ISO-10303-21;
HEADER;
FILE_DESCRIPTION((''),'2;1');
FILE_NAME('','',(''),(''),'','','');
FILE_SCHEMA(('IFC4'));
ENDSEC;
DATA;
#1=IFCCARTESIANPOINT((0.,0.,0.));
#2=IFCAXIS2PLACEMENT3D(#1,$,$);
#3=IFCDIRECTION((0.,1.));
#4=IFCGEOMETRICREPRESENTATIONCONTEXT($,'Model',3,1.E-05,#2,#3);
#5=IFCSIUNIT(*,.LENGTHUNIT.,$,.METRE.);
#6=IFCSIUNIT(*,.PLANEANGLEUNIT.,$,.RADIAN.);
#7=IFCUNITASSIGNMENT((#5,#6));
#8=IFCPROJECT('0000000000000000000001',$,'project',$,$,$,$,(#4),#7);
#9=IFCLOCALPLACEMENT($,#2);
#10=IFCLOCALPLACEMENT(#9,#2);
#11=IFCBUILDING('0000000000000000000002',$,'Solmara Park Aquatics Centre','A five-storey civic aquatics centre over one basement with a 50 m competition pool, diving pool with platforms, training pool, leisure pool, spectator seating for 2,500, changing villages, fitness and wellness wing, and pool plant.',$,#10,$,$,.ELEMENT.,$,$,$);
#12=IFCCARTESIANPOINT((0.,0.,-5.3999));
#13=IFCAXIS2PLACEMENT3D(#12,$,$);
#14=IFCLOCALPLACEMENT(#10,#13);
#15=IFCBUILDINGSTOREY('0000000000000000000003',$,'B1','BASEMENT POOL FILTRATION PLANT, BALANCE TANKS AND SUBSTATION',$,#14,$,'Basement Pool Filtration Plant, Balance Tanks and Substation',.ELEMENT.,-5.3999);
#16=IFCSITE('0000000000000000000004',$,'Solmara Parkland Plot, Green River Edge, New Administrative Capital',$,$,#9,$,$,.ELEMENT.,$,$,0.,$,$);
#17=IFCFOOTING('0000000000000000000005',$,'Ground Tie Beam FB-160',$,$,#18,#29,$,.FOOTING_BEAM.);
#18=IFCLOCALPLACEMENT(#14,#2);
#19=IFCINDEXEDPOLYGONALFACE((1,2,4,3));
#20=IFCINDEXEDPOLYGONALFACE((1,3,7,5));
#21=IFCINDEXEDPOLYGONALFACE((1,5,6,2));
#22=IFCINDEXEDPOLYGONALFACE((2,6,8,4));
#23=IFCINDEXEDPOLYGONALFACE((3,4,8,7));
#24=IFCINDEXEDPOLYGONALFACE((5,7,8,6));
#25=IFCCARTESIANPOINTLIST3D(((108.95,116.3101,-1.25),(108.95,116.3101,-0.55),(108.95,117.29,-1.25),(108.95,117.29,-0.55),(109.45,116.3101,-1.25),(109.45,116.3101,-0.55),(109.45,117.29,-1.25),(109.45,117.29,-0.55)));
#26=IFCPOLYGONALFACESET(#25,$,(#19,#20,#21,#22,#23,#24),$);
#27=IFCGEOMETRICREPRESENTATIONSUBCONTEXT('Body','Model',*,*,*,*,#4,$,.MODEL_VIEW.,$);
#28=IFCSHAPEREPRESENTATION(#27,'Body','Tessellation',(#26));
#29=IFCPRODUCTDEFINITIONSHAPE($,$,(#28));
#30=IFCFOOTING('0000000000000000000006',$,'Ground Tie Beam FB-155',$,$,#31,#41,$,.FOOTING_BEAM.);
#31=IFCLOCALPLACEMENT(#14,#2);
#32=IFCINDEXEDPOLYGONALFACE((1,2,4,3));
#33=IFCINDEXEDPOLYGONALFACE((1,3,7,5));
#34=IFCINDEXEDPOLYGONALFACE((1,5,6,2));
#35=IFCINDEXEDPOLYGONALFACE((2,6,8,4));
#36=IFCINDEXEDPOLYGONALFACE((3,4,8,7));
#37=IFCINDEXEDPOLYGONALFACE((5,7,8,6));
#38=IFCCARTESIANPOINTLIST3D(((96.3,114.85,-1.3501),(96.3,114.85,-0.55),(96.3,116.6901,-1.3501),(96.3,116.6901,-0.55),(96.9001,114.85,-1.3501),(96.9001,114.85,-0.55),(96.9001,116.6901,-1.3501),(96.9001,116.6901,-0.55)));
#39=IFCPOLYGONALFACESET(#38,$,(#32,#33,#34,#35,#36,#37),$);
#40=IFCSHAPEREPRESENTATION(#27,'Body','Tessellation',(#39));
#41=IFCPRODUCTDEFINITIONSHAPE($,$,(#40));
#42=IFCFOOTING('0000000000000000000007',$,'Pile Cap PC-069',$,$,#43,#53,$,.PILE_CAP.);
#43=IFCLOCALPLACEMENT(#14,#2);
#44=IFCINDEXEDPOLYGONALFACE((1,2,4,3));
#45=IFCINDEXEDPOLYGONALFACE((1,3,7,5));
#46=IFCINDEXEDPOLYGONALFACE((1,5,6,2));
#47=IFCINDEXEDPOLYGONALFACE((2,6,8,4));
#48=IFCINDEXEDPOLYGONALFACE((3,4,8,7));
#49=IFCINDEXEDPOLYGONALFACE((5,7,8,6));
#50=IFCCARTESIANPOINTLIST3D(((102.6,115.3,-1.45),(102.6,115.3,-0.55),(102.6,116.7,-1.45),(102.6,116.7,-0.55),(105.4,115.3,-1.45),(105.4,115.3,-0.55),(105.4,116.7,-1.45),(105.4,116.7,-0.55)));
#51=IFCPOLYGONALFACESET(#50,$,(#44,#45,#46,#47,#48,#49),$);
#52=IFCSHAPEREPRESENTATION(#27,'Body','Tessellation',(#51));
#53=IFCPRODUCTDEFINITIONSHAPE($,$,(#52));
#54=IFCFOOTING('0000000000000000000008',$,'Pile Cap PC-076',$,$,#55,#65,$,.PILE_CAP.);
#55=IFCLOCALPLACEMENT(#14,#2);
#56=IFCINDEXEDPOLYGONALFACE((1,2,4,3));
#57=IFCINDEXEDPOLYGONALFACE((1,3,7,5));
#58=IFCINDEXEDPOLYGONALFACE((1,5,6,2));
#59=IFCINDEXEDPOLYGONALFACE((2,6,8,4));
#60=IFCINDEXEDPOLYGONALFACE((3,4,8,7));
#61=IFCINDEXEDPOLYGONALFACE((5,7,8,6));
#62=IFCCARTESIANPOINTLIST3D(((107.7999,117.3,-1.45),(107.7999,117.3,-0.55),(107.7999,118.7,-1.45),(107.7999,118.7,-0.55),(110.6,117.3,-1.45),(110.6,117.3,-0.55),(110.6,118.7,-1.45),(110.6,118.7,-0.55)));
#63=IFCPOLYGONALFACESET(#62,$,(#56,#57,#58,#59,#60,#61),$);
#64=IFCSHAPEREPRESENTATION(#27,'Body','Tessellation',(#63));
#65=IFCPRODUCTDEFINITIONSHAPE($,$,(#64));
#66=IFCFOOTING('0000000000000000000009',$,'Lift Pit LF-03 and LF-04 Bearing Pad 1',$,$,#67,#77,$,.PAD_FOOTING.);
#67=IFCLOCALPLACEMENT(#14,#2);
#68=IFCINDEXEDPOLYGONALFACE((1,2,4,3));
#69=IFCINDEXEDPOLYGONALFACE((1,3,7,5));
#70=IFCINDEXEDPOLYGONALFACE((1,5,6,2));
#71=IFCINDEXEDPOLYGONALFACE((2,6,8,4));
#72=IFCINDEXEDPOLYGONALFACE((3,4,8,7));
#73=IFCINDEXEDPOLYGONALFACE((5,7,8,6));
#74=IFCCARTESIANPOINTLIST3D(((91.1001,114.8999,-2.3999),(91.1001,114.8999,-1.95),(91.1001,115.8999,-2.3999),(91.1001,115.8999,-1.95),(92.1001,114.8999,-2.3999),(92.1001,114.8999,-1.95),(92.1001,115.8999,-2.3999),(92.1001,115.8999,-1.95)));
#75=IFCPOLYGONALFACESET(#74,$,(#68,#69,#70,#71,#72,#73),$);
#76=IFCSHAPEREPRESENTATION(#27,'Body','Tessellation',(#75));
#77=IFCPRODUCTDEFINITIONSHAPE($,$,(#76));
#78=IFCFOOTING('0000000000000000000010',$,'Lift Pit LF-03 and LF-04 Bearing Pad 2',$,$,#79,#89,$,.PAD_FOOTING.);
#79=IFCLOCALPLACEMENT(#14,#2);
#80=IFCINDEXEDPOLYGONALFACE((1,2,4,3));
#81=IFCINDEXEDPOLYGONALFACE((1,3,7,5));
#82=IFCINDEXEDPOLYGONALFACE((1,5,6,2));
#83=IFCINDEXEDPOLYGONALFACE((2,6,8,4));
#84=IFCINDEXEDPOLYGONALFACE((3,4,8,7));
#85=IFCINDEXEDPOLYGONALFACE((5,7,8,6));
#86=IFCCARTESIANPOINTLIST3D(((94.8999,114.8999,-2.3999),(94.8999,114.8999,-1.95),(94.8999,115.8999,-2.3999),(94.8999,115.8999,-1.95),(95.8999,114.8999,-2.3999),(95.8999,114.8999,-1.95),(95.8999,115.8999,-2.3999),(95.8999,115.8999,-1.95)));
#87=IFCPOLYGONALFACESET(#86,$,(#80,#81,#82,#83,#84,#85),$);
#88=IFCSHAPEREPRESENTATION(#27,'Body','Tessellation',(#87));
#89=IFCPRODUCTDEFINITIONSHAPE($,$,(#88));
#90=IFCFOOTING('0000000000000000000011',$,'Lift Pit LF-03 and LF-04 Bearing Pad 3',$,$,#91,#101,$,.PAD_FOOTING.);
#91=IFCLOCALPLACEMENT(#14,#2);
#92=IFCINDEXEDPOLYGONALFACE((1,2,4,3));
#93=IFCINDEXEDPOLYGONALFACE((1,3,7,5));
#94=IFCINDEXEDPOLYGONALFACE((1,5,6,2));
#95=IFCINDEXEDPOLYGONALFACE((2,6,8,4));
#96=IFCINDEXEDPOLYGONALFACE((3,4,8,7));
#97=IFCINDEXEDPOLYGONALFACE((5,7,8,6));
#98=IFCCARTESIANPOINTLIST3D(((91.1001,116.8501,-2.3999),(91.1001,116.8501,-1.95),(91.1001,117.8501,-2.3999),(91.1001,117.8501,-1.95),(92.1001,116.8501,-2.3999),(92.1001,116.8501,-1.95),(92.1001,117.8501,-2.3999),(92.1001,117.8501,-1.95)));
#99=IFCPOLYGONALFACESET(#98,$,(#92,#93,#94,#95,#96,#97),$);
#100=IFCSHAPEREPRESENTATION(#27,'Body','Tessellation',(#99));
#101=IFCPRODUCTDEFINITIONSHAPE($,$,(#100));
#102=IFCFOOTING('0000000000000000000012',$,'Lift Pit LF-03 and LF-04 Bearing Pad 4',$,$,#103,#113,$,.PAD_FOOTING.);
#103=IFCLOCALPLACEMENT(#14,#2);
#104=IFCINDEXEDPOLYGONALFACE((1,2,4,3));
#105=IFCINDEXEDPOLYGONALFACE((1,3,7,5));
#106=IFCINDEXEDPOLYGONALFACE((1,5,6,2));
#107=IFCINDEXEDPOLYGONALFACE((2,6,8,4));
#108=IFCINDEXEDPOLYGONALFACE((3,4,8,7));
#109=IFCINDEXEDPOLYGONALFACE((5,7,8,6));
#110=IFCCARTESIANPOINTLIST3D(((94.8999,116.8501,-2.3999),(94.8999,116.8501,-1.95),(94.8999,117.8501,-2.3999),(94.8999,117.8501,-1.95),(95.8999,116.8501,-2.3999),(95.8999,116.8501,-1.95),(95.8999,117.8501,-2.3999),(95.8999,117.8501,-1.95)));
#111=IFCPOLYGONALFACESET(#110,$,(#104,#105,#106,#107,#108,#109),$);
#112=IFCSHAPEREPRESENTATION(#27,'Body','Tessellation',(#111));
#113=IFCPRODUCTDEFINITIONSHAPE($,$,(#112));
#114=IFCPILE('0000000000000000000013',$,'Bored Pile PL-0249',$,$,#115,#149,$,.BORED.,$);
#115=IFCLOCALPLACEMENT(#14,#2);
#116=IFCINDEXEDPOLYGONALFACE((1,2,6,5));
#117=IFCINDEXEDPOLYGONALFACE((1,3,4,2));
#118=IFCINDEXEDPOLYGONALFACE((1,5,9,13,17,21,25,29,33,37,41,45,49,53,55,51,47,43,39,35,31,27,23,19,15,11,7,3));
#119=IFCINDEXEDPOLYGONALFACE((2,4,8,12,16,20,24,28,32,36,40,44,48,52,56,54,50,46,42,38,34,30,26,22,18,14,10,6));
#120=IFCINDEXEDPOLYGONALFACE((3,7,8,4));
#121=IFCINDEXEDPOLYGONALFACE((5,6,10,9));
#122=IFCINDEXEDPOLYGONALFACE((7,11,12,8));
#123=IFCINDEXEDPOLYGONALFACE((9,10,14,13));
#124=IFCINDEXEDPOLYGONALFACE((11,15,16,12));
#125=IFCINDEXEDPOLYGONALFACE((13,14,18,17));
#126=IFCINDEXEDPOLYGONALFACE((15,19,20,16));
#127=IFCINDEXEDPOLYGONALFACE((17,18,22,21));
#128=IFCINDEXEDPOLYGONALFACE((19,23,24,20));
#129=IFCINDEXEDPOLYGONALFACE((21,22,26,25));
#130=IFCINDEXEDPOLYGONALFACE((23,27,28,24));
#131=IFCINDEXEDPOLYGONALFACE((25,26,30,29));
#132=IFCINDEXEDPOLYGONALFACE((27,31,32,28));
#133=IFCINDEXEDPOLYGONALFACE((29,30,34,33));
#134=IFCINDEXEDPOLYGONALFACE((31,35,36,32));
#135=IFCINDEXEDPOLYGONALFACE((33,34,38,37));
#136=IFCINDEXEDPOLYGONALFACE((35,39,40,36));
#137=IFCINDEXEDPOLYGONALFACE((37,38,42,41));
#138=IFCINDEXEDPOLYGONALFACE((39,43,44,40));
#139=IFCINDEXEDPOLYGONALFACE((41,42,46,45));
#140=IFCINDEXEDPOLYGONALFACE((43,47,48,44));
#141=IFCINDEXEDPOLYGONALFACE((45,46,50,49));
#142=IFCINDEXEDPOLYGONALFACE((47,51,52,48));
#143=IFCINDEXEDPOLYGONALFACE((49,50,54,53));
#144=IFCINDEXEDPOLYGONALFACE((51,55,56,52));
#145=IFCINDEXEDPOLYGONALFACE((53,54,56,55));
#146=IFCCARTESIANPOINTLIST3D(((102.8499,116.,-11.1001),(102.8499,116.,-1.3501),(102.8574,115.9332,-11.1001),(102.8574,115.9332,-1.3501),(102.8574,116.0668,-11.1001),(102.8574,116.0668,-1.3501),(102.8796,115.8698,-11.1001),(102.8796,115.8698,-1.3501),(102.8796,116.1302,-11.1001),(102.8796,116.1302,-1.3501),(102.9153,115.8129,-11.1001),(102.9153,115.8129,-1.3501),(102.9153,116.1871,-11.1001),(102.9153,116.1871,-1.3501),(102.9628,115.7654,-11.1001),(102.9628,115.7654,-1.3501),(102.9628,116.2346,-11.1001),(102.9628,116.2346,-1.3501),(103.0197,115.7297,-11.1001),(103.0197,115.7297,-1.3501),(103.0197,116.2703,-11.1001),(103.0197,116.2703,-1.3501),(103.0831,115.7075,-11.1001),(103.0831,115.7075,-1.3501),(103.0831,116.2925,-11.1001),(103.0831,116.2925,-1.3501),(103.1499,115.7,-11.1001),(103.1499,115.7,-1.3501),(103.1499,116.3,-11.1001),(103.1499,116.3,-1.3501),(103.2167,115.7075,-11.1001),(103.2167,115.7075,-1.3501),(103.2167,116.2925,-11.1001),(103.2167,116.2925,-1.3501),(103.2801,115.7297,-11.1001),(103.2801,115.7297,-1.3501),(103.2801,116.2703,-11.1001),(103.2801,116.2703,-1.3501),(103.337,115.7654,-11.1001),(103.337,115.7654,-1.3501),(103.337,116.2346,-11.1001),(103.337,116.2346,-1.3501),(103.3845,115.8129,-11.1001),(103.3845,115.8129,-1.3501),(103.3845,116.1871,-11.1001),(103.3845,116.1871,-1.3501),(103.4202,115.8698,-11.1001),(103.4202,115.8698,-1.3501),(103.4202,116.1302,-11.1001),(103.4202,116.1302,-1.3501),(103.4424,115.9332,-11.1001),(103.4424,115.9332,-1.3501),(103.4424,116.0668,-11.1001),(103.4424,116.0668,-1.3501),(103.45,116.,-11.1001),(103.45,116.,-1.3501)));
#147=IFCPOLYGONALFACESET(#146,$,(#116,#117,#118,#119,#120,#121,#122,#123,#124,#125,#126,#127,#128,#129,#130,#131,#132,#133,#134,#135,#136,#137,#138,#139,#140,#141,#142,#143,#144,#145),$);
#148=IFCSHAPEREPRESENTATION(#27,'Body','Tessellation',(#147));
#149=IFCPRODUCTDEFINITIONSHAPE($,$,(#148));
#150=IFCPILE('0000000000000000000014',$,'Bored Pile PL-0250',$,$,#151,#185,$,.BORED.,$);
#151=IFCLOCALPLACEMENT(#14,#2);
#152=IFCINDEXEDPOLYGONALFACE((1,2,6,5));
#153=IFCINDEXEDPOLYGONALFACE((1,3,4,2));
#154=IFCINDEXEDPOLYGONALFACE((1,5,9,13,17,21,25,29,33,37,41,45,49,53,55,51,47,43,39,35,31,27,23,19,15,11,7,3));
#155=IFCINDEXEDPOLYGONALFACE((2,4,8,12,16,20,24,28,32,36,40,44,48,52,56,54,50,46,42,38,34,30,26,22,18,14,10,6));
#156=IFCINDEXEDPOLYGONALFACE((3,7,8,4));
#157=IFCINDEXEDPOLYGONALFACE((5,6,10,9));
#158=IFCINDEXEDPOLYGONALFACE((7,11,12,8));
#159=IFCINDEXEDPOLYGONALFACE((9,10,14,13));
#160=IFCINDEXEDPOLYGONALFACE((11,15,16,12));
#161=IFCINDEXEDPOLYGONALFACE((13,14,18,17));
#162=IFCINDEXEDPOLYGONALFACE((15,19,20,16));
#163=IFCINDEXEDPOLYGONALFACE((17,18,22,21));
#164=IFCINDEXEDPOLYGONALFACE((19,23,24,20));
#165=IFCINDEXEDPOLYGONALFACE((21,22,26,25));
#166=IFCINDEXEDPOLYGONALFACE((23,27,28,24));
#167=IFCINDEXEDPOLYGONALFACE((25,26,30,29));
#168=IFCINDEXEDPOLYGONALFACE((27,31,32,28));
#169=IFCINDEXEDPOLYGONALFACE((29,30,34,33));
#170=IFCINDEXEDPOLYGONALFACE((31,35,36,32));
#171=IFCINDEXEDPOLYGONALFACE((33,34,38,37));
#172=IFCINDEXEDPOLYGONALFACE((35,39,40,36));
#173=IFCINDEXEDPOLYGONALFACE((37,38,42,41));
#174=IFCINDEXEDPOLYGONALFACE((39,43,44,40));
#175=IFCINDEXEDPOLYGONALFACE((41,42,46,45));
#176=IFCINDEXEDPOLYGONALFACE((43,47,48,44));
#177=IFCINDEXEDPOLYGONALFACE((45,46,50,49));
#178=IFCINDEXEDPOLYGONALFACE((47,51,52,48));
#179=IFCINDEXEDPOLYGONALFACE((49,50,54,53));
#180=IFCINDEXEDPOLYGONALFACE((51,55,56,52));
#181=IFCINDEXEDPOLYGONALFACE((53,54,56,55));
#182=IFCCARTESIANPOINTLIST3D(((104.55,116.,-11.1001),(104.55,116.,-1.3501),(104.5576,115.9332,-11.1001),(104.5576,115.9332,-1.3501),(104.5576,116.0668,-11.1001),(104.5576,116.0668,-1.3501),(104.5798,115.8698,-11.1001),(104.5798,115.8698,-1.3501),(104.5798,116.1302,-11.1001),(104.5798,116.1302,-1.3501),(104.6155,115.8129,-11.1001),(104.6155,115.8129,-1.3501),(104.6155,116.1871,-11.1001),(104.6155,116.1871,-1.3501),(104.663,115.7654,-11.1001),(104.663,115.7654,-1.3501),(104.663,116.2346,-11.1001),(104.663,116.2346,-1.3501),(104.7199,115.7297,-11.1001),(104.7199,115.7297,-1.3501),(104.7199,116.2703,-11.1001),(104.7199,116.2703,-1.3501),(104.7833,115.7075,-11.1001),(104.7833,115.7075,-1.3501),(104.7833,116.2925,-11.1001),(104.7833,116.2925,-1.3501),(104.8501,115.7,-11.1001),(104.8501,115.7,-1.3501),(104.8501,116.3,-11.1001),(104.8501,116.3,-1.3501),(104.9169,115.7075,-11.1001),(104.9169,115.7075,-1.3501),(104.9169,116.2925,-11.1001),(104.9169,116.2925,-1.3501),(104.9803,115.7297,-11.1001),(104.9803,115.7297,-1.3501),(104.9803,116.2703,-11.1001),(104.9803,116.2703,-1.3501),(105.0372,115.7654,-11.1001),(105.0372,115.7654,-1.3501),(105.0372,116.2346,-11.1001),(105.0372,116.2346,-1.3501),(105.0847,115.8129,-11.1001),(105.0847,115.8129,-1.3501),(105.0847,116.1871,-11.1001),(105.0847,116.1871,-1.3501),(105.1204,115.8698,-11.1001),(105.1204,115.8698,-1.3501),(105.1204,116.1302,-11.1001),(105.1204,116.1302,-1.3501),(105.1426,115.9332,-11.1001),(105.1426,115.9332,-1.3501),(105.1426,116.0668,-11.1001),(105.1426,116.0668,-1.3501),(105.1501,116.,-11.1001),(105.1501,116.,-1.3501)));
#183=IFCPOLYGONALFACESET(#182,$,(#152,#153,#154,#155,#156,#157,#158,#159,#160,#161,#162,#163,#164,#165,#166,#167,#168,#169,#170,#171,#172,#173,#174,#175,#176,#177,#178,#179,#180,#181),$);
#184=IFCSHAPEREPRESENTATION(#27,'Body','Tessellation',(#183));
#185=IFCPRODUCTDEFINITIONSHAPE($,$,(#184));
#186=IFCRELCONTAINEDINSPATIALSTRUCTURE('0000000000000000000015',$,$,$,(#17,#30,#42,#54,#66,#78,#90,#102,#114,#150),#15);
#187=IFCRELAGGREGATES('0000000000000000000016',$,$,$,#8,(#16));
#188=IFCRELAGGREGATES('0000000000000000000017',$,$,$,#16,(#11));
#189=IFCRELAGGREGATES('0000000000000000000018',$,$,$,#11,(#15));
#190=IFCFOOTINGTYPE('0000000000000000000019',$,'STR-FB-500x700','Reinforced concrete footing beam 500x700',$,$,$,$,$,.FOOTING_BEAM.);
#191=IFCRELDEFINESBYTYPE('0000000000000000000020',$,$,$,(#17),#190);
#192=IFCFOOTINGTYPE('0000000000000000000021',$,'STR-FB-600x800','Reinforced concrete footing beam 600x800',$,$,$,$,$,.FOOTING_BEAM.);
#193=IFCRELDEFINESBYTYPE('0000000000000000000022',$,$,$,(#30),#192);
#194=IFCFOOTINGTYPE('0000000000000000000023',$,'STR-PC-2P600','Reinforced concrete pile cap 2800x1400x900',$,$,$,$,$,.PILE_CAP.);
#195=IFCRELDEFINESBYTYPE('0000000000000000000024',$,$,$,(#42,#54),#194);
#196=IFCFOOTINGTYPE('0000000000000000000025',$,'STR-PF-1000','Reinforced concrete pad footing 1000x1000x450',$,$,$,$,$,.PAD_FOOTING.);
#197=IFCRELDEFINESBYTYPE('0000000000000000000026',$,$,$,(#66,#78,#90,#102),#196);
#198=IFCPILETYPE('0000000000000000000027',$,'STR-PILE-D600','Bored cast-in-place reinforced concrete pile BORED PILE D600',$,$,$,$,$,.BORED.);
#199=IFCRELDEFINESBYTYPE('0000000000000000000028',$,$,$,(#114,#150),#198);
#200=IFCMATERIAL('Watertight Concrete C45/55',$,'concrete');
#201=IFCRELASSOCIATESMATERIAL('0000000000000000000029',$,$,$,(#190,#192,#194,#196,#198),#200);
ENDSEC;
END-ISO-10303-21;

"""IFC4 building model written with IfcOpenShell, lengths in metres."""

from ifc_helpers import new_model, si_unit, direction, frame, origin, origin_2d, place, context, subcontext, project, spatial, rectangle, circle, extrude, material, material_profile, profile_set, type_object, element, save


model = new_model("IFC4")

# Units and contexts
model_context = context("Model", 3, precision=1e-05, world=origin(), true_north=direction((0.0, 1.0)))
body_context = subcontext(model_context, "Body", "Model", "MODEL_VIEW")
ifc_project = project(units=[si_unit("LENGTHUNIT", "METRE"), si_unit("PLANEANGLEUNIT", "RADIAN")], contexts=[model_context])

# Site, building, storey
site_placement = place(None, origin())
site = spatial("IfcSite", under=ifc_project, at=site_placement, Name="Solmara Parkland Plot, Green River Edge, New Administrative Capital", CompositionType="ELEMENT", RefElevation=0.0)
building_placement = place(site_placement, origin())
building = spatial("IfcBuilding", under=site, at=building_placement, Name="Solmara Park Aquatics Centre", Description="A five-storey civic aquatics centre over one basement with a 50 m competition pool, diving pool with platforms, training pool, leisure pool, spectator seating for 2,500, changing villages, fitness and wellness wing, and pool plant.", CompositionType="ELEMENT")
storey_placement = place(building_placement, frame((0.0, 0.0, -5.3999)))
storey = spatial("IfcBuildingStorey", under=building, at=storey_placement, Name="B1", Description="BASEMENT POOL FILTRATION PLANT, BALANCE TANKS AND SUBSTATION", LongName="Basement Pool Filtration Plant, Balance Tanks and Substation", CompositionType="ELEMENT", Elevation=-5.3999)

# Footings
ifc_material_1 = material(Name="Watertight Concrete C45/55", Category="concrete")
footing_type_1 = type_object("IfcFootingType", Name="STR-FB-500x700", Description="Reinforced concrete footing beam 500x700", PredefinedType="FOOTING_BEAM", material=ifc_material_1)
footing_1_placement = place(storey_placement, frame((109.2, 116.8, -1.25), z_axis=(0.0, 0.0, 1.0), x_axis=(1.0, 0.0, 0.0)))
element("IfcFooting", 1, at=footing_1_placement, inside=storey, type_object=footing_type_1, Name="Ground Tie Beam FB-160", PredefinedType="FOOTING_BEAM", context=body_context, shape_type="SweptSolid", body=[
    extrude(rectangle(XDim=0.5, YDim=0.98, at=origin_2d()), origin(), (0.0, 0.0, 1.0), 0.7),
])
footing_type_2 = type_object("IfcFootingType", Name="STR-FB-600x800", Description="Reinforced concrete footing beam 600x800", PredefinedType="FOOTING_BEAM", material=ifc_material_1)
footing_2_placement = place(storey_placement, frame((96.6001, 115.77, -1.3501), z_axis=(0.0, 0.0, 1.0), x_axis=(1.0, 0.0, 0.0)))
element("IfcFooting", 2, at=footing_2_placement, inside=storey, type_object=footing_type_2, Name="Ground Tie Beam FB-155", PredefinedType="FOOTING_BEAM", context=body_context, shape_type="SweptSolid", body=[
    extrude(rectangle(XDim=0.6001, YDim=1.8401, at=origin_2d()), origin(), (0.0, 0.0, 1.0), 0.8),
])
footing_type_3 = type_object("IfcFootingType", Name="STR-PC-2P600", Description="Reinforced concrete pile cap 2800x1400x900", PredefinedType="PILE_CAP", material=ifc_material_1)
for number, where, z_axis, x_axis, name in (
    (3, (104.0, 116.0, -1.45), (0.0, 0.0, 1.0), (1.0, 0.0, 0.0), "Pile Cap PC-069"),
    (4, (109.2, 118.0, -1.45), (0.0, 0.0, 1.0), (1.0, 0.0, 0.0), "Pile Cap PC-076"),
):
    element("IfcFooting", number, at=place(storey_placement, frame(where, z_axis=z_axis, x_axis=x_axis)), inside=storey, type_object=footing_type_3, Name=name, PredefinedType="PILE_CAP", context=body_context, shape_type="SweptSolid", body=[
        extrude(rectangle(XDim=2.8, YDim=1.3999, at=origin_2d()), origin(), (0.0, 0.0, 1.0), 0.8999),
    ])
footing_type_4 = type_object("IfcFootingType", Name="STR-PF-1000", Description="Reinforced concrete pad footing 1000x1000x450", PredefinedType="PAD_FOOTING", material=ifc_material_1)
for number, where, z_axis, x_axis, name in (
    (5, (91.6001, 115.3999, -2.3999), (0.0, 0.0, 1.0), (1.0, 0.0, 0.0), "Lift Pit LF-03 and LF-04 Bearing Pad 1"),
    (6, (95.3999, 115.3999, -2.3999), (0.0, 0.0, 1.0), (1.0, 0.0, 0.0), "Lift Pit LF-03 and LF-04 Bearing Pad 2"),
    (7, (91.6001, 117.3501, -2.3999), (0.0, 0.0, 1.0), (1.0, 0.0, 0.0), "Lift Pit LF-03 and LF-04 Bearing Pad 3"),
    (8, (95.3999, 117.3501, -2.3999), (0.0, 0.0, 1.0), (1.0, 0.0, 0.0), "Lift Pit LF-03 and LF-04 Bearing Pad 4"),
):
    element("IfcFooting", number, at=place(storey_placement, frame(where, z_axis=z_axis, x_axis=x_axis)), inside=storey, type_object=footing_type_4, Name=name, PredefinedType="PAD_FOOTING", context=body_context, shape_type="SweptSolid", body=[
        extrude(rectangle(XDim=1.0, YDim=1.0, at=origin_2d()), origin(), (0.0, 0.0, 1.0), 0.45),
    ])

# Piles
ifc_material_profile_1 = material_profile(ifc_material_1, circle(Radius=0.3, at=origin_2d()), Name="BORED PILE D600")
ifc_profile_set_1 = profile_set([ifc_material_profile_1], Name="Watertight Concrete C45/55")
pile_type_1 = type_object("IfcPileType", Name="STR-PILE-D600", Description="Bored cast-in-place reinforced concrete pile BORED PILE D600", PredefinedType="BORED", material=ifc_profile_set_1)
for number, where, z_axis, x_axis, name in (
    (9, (103.1499, 116.0, -1.3501), (0.0, 0.0, -1.0), (1.0, 0.0, 0.0), "Bored Pile PL-0249"),
    (10, (104.8501, 116.0, -1.3501), (0.0, 0.0, -1.0), (1.0, 0.0, 0.0), "Bored Pile PL-0250"),
):
    element("IfcPile", number, at=place(storey_placement, frame(where, z_axis=z_axis, x_axis=x_axis)), inside=storey, type_object=pile_type_1, Name=name, PredefinedType="BORED", context=body_context, shape_type="SweptSolid", body=[
        extrude(circle(Radius=0.3, at=origin_2d()), origin(), (0.0, 0.0, 1.0), 9.75),
    ])

save(model, "model.ifc")
